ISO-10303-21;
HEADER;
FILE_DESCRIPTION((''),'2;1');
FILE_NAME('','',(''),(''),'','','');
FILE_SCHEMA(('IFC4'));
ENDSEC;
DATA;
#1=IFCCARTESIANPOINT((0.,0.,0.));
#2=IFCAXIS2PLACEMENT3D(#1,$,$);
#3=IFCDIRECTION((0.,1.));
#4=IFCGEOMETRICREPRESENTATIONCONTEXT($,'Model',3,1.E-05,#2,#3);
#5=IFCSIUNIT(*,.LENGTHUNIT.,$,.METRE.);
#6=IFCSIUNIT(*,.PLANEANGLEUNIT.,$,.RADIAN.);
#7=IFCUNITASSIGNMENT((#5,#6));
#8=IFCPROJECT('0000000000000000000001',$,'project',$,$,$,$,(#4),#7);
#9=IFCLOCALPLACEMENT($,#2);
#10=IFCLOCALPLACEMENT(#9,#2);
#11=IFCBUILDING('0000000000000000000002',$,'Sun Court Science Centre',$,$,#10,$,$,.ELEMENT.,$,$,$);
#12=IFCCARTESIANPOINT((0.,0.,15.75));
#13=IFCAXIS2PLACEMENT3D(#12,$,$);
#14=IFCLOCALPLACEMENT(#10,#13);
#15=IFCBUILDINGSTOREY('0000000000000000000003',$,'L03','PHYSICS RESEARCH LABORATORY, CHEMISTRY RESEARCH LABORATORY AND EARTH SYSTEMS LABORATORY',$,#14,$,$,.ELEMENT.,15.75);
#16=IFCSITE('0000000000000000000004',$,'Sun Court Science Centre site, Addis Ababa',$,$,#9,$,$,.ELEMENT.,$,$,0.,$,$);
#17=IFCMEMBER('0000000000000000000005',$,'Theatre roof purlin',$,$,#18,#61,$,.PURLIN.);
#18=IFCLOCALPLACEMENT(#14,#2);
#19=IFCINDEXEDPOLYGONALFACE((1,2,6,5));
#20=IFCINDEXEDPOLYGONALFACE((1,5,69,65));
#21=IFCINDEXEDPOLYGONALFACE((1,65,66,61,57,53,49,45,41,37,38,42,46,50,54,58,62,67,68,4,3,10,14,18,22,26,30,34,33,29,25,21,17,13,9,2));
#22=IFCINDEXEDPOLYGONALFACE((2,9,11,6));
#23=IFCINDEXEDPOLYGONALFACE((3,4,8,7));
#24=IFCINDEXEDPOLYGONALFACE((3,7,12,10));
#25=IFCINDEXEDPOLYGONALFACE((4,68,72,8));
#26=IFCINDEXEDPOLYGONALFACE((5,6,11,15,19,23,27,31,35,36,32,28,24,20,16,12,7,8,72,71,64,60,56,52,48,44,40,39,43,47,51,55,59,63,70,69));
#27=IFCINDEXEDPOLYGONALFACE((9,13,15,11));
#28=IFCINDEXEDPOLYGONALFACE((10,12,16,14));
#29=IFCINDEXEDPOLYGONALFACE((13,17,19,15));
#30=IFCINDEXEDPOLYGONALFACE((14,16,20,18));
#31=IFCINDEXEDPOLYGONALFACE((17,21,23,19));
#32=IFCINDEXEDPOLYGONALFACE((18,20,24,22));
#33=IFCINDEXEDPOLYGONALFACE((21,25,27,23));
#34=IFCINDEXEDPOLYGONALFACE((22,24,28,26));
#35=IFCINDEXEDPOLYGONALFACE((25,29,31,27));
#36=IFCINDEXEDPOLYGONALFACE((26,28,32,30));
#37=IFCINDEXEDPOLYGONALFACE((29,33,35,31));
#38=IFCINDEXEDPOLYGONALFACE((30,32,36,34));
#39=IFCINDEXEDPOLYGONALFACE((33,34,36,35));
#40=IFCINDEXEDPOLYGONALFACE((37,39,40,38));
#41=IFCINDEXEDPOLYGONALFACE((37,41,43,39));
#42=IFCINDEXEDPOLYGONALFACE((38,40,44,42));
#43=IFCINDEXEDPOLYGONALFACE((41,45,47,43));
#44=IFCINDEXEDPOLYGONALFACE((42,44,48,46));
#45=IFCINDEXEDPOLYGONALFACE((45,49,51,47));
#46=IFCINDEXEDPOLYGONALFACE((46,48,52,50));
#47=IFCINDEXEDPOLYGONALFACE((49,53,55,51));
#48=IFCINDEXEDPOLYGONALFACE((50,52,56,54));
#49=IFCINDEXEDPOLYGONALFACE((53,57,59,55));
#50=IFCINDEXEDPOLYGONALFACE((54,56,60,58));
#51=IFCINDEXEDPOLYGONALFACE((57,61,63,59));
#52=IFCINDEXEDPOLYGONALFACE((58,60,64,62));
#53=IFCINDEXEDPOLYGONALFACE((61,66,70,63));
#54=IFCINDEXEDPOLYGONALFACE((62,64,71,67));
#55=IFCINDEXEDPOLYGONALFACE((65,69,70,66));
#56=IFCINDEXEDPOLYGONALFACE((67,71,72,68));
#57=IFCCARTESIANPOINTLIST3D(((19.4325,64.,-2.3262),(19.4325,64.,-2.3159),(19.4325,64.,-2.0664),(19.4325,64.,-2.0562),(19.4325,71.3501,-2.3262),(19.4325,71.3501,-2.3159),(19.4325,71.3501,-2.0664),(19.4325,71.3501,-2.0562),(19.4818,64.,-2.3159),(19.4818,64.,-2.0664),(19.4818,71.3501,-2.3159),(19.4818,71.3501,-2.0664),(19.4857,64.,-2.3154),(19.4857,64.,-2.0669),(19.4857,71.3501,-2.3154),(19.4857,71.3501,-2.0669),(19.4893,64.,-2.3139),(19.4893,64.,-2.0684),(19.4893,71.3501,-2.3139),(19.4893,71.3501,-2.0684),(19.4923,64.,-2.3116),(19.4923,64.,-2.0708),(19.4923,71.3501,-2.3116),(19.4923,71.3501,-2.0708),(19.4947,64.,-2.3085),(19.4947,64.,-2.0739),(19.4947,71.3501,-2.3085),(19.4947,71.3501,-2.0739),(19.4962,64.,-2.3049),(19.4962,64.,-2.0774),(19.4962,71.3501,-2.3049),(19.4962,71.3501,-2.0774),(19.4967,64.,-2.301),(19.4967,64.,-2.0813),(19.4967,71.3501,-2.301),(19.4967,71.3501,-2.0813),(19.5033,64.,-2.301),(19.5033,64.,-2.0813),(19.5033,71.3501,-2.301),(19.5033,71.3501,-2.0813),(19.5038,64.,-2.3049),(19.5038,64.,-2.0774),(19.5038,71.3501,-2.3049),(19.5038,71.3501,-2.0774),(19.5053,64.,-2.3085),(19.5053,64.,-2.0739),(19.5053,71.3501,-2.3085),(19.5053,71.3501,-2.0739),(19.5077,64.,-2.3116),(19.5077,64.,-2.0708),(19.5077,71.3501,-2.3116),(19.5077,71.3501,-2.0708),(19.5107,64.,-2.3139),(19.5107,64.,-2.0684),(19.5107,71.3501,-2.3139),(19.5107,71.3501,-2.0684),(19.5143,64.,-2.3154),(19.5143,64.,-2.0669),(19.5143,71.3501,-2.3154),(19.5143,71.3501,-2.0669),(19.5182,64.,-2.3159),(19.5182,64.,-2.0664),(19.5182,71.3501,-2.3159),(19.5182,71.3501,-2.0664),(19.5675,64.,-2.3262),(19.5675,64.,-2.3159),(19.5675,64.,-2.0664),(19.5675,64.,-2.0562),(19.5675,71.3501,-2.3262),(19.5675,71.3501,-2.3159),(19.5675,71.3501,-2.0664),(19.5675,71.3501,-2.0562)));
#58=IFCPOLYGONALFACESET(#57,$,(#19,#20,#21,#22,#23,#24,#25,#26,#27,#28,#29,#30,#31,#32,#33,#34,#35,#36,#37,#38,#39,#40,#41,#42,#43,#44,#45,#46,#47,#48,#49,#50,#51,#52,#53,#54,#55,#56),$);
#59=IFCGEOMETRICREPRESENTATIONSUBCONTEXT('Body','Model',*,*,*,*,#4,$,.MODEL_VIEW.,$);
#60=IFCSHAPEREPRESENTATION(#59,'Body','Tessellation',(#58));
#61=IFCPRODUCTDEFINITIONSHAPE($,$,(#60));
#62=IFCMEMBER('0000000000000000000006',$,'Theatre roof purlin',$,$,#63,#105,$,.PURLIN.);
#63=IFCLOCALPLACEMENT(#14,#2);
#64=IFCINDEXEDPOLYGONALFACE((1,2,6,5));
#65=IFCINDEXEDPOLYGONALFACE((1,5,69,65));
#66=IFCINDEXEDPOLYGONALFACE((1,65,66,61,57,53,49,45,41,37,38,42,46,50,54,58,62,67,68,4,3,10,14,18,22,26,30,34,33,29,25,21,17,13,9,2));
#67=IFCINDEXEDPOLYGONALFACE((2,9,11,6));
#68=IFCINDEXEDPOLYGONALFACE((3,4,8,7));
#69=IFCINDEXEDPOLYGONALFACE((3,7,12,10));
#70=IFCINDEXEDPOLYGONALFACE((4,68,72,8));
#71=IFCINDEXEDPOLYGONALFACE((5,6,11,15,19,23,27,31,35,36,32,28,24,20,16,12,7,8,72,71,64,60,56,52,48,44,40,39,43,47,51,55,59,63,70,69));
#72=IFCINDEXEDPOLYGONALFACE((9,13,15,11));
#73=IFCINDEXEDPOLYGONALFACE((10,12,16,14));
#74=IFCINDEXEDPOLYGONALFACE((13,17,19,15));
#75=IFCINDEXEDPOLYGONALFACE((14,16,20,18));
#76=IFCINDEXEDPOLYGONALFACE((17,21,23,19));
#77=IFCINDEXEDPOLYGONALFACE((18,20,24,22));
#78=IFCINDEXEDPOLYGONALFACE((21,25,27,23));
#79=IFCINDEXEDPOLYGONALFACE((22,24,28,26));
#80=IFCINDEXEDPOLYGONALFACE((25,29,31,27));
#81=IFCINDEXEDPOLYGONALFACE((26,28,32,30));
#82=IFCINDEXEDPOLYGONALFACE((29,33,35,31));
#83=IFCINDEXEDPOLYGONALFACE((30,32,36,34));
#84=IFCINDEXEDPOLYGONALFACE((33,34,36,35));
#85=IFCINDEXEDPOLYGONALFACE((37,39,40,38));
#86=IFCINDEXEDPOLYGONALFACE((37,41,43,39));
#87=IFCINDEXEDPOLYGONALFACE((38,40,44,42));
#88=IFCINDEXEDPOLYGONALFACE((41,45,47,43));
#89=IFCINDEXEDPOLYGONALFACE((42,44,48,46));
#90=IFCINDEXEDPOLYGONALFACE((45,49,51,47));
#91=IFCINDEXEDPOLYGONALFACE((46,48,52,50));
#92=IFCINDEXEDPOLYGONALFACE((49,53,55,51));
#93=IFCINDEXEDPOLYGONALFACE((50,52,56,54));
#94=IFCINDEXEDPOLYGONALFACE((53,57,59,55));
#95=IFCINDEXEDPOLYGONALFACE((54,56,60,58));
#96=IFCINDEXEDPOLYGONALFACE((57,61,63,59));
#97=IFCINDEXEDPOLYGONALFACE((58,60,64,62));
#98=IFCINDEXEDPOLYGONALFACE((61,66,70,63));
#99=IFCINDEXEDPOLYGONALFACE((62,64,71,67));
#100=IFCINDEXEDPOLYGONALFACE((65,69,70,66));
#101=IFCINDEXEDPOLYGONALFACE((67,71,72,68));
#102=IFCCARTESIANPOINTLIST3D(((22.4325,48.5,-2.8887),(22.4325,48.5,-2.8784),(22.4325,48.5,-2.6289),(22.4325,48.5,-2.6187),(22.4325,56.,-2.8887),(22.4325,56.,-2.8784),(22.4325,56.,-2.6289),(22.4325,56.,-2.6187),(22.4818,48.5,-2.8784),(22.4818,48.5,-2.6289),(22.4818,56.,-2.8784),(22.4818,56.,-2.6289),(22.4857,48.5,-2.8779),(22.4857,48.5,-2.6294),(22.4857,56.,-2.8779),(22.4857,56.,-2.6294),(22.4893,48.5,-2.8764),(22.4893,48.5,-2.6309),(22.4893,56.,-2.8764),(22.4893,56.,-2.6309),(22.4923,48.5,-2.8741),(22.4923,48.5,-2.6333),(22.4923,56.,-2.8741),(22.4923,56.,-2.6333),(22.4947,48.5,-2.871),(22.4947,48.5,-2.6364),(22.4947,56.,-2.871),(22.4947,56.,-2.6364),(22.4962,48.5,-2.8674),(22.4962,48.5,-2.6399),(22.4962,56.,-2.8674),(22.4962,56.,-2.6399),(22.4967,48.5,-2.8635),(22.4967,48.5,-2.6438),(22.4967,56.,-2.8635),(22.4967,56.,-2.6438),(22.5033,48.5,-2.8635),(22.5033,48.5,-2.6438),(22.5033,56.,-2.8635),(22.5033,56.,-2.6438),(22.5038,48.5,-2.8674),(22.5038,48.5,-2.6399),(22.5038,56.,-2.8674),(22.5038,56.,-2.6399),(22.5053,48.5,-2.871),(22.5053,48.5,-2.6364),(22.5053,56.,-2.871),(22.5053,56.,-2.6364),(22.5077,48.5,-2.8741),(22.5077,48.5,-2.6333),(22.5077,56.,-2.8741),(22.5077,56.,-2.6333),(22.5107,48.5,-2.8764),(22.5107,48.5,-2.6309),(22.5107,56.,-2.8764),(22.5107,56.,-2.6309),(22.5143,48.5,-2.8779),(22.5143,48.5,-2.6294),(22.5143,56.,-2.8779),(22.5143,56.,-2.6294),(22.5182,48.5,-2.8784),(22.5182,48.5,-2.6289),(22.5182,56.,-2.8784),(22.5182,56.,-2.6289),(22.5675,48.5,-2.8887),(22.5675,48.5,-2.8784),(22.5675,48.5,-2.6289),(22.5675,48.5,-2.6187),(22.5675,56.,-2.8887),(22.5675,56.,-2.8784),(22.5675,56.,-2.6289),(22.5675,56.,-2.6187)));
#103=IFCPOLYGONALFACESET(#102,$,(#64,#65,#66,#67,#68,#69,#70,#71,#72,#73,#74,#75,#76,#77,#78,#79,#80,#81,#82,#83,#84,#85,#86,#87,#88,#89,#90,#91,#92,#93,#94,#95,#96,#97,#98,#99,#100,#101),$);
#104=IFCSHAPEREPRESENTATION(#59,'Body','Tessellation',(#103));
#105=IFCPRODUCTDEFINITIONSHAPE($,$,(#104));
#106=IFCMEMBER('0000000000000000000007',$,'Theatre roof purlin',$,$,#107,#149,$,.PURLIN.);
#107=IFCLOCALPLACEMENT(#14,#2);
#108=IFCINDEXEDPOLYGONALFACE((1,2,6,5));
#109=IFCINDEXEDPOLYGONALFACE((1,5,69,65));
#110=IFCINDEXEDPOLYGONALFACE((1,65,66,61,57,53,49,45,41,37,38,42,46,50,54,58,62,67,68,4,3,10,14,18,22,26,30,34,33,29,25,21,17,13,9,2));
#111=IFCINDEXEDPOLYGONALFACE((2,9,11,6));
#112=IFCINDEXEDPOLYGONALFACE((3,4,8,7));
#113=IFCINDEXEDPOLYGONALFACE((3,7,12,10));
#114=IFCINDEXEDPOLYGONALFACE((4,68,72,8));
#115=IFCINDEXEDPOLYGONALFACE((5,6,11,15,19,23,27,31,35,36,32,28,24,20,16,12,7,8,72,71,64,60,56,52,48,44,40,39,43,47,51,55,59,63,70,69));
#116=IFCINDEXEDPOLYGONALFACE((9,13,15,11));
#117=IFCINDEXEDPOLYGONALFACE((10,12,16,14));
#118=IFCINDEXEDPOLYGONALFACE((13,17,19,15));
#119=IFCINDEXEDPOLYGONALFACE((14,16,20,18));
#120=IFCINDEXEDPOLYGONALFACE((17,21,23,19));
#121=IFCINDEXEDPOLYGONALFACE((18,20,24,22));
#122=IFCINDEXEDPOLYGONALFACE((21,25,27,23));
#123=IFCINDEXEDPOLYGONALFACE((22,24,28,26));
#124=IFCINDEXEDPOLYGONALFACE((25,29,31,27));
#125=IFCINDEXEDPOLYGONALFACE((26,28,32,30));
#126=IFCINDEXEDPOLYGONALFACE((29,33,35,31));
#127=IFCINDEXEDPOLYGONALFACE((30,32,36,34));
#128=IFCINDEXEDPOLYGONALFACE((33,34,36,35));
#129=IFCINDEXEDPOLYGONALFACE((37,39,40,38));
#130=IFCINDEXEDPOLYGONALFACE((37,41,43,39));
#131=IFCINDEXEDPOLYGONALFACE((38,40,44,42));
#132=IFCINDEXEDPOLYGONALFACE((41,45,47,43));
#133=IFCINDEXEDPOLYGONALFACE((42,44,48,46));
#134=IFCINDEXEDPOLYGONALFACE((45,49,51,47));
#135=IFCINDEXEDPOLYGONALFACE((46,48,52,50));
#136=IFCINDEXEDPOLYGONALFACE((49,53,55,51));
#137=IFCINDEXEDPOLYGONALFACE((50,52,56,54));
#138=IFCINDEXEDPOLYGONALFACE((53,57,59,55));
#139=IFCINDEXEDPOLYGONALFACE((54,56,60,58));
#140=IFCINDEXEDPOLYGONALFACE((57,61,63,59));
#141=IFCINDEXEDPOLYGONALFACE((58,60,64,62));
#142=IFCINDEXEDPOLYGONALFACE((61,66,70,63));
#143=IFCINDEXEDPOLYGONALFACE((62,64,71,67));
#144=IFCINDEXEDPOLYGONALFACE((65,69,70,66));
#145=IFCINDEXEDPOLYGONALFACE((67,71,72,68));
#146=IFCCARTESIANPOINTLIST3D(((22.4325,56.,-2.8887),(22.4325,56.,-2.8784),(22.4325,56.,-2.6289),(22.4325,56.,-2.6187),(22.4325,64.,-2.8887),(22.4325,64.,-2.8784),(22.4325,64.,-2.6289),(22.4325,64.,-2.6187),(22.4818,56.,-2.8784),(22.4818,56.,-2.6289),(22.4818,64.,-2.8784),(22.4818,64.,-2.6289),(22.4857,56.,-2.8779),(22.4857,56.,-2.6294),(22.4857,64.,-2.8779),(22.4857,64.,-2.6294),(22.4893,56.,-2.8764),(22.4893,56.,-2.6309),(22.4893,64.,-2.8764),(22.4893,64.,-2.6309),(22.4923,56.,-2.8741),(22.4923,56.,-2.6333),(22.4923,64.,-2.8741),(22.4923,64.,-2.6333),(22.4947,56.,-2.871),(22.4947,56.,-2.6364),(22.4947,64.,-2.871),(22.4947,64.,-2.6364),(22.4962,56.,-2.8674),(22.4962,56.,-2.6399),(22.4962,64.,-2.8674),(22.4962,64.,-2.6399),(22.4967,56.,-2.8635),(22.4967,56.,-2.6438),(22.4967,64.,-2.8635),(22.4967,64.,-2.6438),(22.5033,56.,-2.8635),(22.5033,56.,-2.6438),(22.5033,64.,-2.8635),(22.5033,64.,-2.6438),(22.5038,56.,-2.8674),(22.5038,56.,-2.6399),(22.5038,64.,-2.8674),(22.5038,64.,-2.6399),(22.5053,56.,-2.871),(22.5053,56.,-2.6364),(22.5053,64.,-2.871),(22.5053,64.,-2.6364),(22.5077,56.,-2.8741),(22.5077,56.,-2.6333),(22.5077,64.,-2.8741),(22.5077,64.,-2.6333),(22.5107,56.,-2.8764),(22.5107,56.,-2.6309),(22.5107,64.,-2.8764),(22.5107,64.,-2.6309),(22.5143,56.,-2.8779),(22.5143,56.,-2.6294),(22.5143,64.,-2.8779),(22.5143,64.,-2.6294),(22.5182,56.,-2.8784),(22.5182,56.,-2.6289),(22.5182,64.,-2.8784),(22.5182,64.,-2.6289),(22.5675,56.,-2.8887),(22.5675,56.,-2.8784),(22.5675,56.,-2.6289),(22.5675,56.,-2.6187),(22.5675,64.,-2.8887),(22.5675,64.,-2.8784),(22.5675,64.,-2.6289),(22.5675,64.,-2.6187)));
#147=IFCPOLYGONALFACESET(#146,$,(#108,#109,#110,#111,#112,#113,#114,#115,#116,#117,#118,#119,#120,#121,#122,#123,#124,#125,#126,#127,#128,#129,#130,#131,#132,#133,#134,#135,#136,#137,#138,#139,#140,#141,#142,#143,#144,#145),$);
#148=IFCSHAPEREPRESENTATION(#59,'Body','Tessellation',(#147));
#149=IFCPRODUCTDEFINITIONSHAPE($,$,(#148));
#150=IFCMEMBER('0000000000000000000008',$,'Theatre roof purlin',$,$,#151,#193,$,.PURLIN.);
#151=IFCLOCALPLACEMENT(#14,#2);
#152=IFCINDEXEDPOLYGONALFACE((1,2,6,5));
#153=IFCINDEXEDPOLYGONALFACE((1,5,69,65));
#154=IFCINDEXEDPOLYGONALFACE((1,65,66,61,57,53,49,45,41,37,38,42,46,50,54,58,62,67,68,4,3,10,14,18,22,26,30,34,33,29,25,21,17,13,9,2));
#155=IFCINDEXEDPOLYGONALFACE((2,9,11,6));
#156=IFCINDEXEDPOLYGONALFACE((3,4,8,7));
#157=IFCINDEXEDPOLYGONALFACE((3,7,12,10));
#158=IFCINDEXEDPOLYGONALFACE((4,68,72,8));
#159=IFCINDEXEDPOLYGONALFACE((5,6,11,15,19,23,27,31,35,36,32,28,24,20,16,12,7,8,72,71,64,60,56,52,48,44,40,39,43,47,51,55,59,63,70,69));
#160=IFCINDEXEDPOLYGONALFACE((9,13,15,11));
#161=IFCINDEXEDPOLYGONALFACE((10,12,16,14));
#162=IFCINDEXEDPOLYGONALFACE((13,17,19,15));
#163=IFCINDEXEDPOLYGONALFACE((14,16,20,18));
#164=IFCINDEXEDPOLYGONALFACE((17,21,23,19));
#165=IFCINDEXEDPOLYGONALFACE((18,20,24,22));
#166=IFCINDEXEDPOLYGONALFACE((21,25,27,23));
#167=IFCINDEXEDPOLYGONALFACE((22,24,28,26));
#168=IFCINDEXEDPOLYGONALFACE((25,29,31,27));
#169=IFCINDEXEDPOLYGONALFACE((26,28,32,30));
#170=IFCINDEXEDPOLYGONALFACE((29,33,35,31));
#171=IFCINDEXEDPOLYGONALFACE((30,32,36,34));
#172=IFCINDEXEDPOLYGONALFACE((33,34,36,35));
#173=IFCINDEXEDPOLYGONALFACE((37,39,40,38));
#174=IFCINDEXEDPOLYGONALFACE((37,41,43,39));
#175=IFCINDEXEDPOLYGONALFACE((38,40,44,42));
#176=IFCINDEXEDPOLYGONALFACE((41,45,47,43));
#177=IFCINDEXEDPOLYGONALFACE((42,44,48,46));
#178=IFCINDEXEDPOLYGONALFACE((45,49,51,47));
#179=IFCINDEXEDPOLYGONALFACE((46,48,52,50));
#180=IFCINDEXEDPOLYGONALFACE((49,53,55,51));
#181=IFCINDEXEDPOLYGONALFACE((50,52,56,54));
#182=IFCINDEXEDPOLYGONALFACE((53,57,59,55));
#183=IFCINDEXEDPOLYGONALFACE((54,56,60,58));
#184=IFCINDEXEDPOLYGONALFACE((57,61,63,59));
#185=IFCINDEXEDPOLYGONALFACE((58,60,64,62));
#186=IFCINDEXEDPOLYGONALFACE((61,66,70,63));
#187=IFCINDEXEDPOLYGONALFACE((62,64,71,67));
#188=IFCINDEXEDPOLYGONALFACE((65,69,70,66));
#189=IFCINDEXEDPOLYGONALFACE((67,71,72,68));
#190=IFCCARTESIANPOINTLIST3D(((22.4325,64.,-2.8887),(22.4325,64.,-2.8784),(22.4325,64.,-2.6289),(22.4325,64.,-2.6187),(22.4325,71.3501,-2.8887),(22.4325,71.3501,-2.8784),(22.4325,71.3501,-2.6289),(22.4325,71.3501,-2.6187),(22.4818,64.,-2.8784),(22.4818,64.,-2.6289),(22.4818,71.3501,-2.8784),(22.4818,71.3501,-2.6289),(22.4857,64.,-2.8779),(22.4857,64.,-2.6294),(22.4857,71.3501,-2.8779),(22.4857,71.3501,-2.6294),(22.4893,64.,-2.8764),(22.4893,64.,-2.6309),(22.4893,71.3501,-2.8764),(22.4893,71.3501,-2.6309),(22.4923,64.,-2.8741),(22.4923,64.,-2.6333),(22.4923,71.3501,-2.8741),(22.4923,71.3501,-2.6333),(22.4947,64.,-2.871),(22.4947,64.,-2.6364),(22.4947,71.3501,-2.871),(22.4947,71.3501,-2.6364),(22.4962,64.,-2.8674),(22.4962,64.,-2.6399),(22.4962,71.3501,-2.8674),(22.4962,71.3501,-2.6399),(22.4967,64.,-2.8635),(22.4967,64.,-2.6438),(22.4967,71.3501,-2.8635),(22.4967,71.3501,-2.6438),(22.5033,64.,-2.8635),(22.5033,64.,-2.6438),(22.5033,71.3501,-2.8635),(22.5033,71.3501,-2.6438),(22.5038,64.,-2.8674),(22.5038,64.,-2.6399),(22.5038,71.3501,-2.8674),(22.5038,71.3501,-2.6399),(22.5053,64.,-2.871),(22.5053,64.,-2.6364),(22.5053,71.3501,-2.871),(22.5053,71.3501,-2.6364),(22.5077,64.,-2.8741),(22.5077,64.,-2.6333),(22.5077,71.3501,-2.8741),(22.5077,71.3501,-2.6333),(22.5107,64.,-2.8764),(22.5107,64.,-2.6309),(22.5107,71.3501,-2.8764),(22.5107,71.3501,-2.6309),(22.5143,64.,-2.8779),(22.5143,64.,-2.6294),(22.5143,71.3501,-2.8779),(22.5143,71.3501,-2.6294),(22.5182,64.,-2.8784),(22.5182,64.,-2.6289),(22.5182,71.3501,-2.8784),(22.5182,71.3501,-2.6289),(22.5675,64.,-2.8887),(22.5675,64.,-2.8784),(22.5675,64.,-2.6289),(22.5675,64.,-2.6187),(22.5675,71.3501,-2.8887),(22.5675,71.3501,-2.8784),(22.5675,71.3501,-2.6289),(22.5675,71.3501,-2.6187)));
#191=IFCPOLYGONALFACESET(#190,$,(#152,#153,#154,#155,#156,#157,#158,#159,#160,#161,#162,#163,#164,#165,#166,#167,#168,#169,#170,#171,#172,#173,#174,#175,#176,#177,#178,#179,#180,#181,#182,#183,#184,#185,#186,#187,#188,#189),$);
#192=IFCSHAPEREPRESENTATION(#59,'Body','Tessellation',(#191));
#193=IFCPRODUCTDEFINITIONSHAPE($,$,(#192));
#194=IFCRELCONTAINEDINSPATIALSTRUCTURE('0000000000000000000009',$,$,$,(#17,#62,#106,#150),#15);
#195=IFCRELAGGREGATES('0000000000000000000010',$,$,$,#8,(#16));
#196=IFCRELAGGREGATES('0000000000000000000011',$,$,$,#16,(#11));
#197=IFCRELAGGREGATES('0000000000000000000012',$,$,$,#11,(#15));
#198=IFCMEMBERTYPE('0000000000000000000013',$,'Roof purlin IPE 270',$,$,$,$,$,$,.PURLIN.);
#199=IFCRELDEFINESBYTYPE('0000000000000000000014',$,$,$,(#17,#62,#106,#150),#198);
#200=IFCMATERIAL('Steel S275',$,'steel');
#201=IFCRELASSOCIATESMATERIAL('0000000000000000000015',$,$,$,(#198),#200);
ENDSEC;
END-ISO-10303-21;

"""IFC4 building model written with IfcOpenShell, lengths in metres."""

from ifc_helpers import new_model, si_unit, direction, frame, origin, origin_2d, place, context, subcontext, project, spatial, i_section, extrude, material, material_profile, profile_set, type_object, element, save


model = new_model("IFC4")

# Units and contexts
model_context = context("Model", 3, precision=1e-05, world=origin(), true_north=direction((0.0, 1.0)))
body_context = subcontext(model_context, "Body", "Model", "MODEL_VIEW")
ifc_project = project(units=[si_unit("LENGTHUNIT", "METRE"), si_unit("PLANEANGLEUNIT", "RADIAN")], contexts=[model_context])

# Site, building, storey
site_placement = place(None, origin())
site = spatial("IfcSite", under=ifc_project, at=site_placement, Name="Sun Court Science Centre site, Addis Ababa", CompositionType="ELEMENT", RefElevation=0.0)
building_placement = place(site_placement, origin())
building = spatial("IfcBuilding", under=site, at=building_placement, Name="Sun Court Science Centre", CompositionType="ELEMENT")
storey_placement = place(building_placement, frame((0.0, 0.0, 15.75)))
storey = spatial("IfcBuildingStorey", under=building, at=storey_placement, Name="L03", Description="PHYSICS RESEARCH LABORATORY, CHEMISTRY RESEARCH LABORATORY AND EARTH SYSTEMS LABORATORY", CompositionType="ELEMENT", Elevation=15.75)

# Members
ifc_material_1 = material(Name="Steel S275", Category="steel")
ifc_material_profile_1 = material_profile(ifc_material_1, i_section(OverallWidth=0.135, OverallDepth=0.27, WebThickness=0.0066, FlangeThickness=0.0103, FilletRadius=0.0149, at=origin_2d()), Name="IPE 270")
ifc_profile_set_1 = profile_set([ifc_material_profile_1], Name="Steel S275")
member_type_1 = type_object("IfcMemberType", Name="Roof purlin IPE 270", PredefinedType="PURLIN", material=ifc_profile_set_1)
member_1_placement = place(storey_placement, frame((19.5, 64.0, -2.1912), z_axis=(0.0, 1.0, 0.0), x_axis=(-1.0, 0.0, 0.0)))
element("IfcMember", 1, at=member_1_placement, inside=storey, type_object=member_type_1, Name="Theatre roof purlin", PredefinedType="PURLIN", context=body_context, shape_type="SweptSolid", body=[
    extrude(i_section(OverallWidth=0.135, OverallDepth=0.27, WebThickness=0.0066, FlangeThickness=0.0103, FilletRadius=0.0149, at=origin_2d()), origin(), (0.0, 0.0, 1.0), 7.3501),
])
member_2_placement = place(storey_placement, frame((22.5, 48.5, -2.7537), z_axis=(0.0, 1.0, 0.0), x_axis=(-1.0, 0.0, 0.0)))
element("IfcMember", 2, at=member_2_placement, inside=storey, type_object=member_type_1, Name="Theatre roof purlin", PredefinedType="PURLIN", context=body_context, shape_type="SweptSolid", body=[
    extrude(i_section(OverallWidth=0.135, OverallDepth=0.27, WebThickness=0.0066, FlangeThickness=0.0103, FilletRadius=0.0149, at=origin_2d()), origin(), (0.0, 0.0, 1.0), 7.5),
])
member_3_placement = place(storey_placement, frame((22.5, 56.0, -2.7537), z_axis=(0.0, 1.0, 0.0), x_axis=(-1.0, 0.0, 0.0)))
element("IfcMember", 3, at=member_3_placement, inside=storey, type_object=member_type_1, Name="Theatre roof purlin", PredefinedType="PURLIN", context=body_context, shape_type="SweptSolid", body=[
    extrude(i_section(OverallWidth=0.135, OverallDepth=0.27, WebThickness=0.0066, FlangeThickness=0.0103, FilletRadius=0.0149, at=origin_2d()), origin(), (0.0, 0.0, 1.0), 8.0),
])
member_4_placement = place(storey_placement, frame((22.5, 64.0, -2.7537), z_axis=(0.0, 1.0, 0.0), x_axis=(-1.0, 0.0, 0.0)))
element("IfcMember", 4, at=member_4_placement, inside=storey, type_object=member_type_1, Name="Theatre roof purlin", PredefinedType="PURLIN", context=body_context, shape_type="SweptSolid", body=[
    extrude(i_section(OverallWidth=0.135, OverallDepth=0.27, WebThickness=0.0066, FlangeThickness=0.0103, FilletRadius=0.0149, at=origin_2d()), origin(), (0.0, 0.0, 1.0), 7.3501),
])

save(model, "model.ifc")
